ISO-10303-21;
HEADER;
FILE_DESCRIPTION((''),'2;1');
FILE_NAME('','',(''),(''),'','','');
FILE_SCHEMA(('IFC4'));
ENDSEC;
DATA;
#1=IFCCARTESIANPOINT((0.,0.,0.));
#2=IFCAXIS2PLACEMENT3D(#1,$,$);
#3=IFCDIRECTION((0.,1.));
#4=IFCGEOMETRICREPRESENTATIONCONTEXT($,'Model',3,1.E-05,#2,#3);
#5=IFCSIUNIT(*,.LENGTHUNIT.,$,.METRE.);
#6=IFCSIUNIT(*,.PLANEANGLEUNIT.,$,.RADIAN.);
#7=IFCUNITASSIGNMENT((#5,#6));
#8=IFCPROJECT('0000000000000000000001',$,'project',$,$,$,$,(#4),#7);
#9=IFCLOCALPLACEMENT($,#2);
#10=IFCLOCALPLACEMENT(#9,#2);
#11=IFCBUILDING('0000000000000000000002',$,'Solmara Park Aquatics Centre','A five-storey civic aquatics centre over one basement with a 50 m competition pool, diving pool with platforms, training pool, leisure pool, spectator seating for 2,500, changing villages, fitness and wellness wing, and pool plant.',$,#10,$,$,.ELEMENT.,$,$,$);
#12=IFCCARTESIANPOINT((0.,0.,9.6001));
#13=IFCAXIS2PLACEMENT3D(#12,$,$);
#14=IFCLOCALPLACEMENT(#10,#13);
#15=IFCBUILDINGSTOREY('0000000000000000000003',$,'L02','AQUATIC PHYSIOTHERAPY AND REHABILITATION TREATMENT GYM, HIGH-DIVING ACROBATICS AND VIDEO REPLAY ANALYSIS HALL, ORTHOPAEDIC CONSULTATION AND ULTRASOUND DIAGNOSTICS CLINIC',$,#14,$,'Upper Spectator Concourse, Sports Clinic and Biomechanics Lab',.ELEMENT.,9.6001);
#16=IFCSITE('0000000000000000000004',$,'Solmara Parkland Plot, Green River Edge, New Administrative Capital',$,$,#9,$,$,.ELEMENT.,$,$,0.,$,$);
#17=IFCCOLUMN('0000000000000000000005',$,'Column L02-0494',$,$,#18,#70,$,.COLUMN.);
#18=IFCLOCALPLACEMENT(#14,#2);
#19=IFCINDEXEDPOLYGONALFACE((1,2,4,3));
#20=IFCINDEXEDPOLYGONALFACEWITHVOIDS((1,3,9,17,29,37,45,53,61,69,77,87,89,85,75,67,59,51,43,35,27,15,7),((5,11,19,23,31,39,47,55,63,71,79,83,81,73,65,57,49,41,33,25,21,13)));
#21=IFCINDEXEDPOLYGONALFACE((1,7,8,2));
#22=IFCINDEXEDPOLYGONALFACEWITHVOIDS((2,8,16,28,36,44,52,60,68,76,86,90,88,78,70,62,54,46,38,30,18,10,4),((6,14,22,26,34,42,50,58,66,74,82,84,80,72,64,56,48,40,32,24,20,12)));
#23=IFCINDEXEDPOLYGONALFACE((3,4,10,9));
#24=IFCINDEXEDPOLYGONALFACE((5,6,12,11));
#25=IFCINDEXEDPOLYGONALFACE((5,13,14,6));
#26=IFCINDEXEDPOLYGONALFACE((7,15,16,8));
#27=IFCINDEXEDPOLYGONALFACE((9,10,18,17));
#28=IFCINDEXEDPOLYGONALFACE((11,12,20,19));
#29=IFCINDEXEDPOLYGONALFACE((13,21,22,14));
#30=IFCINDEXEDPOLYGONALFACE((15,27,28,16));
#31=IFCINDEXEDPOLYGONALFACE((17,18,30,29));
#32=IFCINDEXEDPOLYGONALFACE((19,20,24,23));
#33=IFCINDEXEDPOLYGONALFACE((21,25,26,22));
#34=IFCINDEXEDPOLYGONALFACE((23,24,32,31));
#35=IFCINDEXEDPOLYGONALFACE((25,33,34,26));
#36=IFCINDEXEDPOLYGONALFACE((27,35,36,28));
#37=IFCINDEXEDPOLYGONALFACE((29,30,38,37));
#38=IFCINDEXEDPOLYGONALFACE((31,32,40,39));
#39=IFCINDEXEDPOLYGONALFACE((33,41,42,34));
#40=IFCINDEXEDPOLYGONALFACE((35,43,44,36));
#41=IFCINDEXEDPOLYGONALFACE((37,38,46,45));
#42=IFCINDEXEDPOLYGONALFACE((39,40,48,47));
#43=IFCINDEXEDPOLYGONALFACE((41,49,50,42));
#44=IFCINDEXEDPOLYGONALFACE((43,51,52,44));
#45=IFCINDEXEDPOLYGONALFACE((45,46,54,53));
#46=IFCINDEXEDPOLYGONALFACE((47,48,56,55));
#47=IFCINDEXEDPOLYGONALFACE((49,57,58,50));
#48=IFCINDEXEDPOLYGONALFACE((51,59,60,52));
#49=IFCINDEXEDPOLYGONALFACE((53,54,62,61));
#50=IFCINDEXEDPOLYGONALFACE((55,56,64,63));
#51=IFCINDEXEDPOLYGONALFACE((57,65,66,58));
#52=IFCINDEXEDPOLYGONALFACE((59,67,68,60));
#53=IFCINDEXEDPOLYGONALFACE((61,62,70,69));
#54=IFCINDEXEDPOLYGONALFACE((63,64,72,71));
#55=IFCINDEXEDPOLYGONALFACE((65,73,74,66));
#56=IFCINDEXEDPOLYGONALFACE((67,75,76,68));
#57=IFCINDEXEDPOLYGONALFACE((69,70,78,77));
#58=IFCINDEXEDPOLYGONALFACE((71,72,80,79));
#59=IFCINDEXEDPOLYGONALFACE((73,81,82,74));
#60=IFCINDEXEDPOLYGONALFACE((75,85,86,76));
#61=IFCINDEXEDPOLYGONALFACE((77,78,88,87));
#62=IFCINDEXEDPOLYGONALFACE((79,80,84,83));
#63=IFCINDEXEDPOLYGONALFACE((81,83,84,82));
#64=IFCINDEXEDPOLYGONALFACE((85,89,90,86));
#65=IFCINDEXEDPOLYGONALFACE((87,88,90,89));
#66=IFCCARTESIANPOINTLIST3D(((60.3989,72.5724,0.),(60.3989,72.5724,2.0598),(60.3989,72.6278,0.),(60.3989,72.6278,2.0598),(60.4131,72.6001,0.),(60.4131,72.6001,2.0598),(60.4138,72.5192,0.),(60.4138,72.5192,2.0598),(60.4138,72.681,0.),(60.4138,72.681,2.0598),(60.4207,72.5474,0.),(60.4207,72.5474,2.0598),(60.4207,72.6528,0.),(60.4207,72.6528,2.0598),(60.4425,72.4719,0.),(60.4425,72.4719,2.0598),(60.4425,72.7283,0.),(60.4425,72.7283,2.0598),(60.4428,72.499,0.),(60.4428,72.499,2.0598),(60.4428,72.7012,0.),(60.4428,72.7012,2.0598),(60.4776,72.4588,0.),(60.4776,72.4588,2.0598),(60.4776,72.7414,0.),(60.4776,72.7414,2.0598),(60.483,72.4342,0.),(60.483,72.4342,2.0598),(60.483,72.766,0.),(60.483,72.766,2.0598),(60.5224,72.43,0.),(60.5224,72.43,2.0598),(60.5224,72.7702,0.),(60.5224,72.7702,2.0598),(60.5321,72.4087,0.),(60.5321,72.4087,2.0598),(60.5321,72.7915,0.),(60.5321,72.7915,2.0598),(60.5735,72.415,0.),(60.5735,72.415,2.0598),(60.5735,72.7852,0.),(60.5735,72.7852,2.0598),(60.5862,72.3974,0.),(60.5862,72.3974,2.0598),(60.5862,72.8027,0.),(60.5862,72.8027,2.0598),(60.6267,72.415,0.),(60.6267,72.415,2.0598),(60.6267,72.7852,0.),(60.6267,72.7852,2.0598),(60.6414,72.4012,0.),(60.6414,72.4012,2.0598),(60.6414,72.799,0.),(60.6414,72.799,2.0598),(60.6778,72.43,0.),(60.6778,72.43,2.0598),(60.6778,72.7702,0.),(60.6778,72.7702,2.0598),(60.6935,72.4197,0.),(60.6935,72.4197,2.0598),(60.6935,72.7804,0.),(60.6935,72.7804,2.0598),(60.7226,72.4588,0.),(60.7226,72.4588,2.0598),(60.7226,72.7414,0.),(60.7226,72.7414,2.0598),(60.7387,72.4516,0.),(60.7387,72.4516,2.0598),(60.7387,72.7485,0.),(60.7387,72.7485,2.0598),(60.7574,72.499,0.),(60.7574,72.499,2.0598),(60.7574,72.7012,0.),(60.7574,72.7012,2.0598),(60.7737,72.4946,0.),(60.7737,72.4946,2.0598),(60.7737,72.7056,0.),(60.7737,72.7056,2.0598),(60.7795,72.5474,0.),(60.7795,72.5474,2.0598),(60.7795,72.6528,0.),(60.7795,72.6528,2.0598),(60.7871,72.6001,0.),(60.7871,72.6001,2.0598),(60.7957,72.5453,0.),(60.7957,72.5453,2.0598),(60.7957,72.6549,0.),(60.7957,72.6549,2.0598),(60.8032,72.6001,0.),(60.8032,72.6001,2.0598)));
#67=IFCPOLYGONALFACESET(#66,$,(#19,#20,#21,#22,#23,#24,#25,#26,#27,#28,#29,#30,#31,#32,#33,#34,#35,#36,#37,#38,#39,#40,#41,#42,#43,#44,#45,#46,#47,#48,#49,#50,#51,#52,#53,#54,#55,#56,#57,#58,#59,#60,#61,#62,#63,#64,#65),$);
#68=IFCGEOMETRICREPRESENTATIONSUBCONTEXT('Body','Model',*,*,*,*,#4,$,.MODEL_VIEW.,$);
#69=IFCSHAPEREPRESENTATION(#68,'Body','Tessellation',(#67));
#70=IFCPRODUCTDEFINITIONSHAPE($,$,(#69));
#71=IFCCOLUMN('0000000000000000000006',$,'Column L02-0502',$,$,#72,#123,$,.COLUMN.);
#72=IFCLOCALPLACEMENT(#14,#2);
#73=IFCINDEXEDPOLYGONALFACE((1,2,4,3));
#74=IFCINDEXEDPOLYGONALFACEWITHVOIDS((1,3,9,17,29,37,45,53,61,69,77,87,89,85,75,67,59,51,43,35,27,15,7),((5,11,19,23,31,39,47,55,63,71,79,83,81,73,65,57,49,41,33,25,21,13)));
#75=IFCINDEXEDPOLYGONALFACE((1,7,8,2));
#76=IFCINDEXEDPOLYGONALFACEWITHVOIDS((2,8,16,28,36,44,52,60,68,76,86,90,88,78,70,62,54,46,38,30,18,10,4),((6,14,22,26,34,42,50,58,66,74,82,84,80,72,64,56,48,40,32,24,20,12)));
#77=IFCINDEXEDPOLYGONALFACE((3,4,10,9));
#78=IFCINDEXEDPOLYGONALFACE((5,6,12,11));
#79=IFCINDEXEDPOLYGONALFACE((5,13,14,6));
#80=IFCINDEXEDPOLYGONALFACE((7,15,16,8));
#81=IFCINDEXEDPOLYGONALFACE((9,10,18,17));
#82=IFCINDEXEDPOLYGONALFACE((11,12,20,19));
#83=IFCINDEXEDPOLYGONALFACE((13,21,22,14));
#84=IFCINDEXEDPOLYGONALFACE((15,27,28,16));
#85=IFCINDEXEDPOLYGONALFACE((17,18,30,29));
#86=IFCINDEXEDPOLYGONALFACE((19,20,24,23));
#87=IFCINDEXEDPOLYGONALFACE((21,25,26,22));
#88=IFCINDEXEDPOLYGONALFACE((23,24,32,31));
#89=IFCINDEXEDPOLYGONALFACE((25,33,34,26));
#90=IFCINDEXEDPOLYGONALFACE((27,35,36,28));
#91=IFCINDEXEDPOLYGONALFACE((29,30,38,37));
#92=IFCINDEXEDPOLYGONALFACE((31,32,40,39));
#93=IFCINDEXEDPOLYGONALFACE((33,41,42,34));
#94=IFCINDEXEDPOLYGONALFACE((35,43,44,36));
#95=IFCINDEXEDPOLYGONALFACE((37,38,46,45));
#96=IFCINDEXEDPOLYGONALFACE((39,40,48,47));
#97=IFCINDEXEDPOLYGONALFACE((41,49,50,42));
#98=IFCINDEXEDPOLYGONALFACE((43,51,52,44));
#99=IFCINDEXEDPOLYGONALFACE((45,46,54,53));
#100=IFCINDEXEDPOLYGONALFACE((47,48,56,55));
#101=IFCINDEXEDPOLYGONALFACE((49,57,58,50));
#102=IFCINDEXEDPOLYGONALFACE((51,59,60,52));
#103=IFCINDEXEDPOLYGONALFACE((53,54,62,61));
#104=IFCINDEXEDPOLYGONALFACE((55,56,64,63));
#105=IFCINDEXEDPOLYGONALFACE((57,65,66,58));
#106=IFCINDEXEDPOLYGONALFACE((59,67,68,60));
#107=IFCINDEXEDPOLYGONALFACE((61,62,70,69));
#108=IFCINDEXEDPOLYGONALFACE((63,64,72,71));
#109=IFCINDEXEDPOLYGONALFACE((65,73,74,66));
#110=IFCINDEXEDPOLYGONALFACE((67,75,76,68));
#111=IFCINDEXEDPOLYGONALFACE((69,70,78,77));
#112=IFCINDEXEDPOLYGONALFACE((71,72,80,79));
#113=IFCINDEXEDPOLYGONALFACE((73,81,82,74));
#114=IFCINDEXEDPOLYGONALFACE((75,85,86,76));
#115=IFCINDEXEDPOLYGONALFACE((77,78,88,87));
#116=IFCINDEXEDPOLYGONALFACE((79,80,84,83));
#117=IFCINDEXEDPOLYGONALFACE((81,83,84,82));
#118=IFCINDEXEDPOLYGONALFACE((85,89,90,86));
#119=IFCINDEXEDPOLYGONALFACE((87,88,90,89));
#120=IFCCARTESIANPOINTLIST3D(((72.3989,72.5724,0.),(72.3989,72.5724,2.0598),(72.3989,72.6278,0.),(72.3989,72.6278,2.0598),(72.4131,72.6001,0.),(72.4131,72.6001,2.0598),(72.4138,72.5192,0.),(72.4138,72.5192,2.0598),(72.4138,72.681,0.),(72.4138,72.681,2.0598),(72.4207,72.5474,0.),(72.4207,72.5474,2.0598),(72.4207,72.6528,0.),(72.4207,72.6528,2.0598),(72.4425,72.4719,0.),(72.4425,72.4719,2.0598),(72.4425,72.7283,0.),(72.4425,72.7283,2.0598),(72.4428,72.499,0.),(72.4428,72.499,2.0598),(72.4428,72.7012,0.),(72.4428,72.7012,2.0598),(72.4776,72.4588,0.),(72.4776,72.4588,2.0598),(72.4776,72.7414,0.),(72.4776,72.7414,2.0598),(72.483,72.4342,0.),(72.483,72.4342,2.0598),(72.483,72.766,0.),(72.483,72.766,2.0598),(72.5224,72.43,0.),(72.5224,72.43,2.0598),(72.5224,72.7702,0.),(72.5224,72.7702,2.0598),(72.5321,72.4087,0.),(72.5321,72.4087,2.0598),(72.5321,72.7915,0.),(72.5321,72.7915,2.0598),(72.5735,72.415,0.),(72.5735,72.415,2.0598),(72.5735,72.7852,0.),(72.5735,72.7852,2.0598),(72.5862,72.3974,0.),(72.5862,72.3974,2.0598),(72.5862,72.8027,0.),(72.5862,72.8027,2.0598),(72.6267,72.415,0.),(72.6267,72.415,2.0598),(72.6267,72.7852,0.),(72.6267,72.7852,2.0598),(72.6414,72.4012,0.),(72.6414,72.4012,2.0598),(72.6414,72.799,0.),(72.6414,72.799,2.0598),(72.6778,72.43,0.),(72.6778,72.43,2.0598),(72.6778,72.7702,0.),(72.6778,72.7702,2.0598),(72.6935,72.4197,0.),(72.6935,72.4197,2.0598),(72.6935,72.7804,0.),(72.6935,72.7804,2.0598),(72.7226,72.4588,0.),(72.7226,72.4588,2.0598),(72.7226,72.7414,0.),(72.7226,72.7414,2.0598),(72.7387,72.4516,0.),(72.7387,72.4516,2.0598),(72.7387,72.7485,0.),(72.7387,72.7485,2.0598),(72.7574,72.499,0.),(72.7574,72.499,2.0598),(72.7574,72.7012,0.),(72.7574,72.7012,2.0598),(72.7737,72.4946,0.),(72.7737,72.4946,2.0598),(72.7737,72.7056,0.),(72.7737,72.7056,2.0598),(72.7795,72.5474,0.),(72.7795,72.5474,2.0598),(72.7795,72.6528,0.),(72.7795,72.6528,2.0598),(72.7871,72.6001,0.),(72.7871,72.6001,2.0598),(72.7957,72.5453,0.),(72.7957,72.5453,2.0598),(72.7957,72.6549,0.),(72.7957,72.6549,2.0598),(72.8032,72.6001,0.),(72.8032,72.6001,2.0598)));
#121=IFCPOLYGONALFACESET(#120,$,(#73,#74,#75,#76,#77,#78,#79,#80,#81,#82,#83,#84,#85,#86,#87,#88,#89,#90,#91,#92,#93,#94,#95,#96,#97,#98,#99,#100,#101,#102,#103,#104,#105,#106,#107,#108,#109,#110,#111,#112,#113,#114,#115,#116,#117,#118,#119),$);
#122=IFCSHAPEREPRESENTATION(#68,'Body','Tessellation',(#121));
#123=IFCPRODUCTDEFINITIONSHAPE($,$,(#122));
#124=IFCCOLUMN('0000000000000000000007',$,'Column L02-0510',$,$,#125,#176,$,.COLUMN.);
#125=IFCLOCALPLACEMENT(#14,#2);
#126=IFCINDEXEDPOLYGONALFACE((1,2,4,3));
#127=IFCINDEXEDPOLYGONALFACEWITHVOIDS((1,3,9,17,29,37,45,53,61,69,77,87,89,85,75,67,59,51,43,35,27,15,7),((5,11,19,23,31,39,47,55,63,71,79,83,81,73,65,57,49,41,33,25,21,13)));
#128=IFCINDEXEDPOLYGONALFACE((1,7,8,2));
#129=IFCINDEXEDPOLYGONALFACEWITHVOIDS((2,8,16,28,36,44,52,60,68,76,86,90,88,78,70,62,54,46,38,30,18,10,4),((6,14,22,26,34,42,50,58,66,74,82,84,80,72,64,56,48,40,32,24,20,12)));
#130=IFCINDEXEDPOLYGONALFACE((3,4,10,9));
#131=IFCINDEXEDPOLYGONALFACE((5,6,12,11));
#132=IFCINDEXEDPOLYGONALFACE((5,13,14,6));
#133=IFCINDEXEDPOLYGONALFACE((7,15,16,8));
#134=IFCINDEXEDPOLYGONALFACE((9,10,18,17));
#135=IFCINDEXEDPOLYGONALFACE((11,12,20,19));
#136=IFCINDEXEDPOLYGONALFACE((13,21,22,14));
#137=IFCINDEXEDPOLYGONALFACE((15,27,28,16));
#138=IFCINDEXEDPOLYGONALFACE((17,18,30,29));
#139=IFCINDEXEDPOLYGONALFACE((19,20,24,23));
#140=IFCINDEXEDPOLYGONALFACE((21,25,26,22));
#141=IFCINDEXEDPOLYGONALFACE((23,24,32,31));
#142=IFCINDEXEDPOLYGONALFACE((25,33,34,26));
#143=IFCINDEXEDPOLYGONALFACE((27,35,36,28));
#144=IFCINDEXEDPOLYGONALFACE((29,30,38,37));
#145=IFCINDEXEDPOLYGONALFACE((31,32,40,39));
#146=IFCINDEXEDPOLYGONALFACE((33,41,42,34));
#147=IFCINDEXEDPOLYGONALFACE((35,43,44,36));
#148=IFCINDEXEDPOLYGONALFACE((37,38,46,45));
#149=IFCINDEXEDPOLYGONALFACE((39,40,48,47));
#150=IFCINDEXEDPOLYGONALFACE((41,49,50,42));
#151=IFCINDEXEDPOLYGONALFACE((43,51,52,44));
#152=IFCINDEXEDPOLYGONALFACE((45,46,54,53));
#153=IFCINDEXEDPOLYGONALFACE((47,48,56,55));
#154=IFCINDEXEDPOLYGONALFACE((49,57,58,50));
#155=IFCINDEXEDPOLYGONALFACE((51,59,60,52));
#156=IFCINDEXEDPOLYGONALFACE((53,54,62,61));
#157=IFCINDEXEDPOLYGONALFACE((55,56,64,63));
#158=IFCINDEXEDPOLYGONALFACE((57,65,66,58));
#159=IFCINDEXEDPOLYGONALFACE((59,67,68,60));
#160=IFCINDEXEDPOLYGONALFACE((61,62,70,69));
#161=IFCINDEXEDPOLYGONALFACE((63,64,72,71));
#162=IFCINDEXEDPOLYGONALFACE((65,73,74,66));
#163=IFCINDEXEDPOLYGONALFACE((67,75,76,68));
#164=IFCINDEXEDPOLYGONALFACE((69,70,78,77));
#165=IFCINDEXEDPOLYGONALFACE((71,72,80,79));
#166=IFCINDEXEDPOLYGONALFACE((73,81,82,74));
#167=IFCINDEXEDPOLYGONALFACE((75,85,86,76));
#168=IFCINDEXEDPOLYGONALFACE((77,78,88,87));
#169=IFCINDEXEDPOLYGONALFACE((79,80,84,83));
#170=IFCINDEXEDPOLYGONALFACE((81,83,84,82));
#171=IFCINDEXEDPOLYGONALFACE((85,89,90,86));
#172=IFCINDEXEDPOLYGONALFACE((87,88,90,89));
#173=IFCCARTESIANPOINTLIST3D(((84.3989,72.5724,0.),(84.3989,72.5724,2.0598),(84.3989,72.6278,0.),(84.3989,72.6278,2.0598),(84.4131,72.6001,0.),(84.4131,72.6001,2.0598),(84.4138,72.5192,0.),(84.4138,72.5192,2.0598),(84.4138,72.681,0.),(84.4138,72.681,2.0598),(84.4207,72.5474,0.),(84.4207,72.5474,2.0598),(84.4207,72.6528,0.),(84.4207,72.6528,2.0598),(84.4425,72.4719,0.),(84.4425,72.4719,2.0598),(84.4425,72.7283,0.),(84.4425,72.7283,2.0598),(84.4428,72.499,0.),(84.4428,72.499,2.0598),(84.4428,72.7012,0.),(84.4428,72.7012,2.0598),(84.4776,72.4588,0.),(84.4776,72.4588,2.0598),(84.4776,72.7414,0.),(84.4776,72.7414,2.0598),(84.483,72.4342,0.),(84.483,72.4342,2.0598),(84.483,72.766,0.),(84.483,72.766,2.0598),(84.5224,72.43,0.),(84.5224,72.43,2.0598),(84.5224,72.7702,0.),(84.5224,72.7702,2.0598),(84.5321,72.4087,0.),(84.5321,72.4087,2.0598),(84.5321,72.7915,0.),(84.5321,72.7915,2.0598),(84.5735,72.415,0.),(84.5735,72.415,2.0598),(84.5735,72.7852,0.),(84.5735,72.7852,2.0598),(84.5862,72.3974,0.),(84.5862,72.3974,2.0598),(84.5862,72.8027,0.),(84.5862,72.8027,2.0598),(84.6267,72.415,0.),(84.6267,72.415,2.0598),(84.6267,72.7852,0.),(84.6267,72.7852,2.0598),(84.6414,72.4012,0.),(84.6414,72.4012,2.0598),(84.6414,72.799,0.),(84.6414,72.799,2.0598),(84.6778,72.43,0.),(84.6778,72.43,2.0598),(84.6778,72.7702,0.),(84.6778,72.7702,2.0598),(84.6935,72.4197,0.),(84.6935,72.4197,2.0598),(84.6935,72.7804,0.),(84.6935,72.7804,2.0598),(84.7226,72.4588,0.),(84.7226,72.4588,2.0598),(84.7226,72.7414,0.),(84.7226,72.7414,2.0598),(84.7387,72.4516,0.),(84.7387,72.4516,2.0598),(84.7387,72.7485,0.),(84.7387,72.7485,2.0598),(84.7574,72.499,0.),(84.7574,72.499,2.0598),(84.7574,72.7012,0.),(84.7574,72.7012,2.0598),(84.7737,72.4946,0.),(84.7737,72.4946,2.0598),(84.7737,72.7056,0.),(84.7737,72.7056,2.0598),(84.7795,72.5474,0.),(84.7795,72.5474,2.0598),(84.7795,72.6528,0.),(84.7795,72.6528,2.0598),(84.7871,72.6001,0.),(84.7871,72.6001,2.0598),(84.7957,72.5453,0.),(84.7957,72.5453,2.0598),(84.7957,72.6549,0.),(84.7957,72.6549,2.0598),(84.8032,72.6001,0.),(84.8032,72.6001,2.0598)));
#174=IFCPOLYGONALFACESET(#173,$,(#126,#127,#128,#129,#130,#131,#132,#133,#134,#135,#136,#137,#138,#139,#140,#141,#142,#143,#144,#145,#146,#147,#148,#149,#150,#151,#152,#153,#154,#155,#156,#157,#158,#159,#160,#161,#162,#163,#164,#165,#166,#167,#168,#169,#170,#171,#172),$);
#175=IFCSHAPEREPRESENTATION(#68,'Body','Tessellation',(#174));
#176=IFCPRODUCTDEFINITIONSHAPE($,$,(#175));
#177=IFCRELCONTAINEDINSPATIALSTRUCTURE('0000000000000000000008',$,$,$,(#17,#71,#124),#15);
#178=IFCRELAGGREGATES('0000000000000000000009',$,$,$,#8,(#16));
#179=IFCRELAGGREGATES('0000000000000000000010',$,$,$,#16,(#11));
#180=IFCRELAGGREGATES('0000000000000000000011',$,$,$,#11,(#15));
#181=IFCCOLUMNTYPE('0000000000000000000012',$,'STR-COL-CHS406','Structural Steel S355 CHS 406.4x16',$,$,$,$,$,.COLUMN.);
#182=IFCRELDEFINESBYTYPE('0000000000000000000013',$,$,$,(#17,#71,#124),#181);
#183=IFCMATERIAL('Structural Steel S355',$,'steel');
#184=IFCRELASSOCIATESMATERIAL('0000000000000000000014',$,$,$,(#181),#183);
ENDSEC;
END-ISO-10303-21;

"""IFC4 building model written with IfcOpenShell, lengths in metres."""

from ifc_helpers import new_model, si_unit, direction, frame, origin, origin_2d, place, context, subcontext, project, spatial, hollow_circle, extrude, material, material_profile, profile_set, type_object, element, save


model = new_model("IFC4")

# Units and contexts
model_context = context("Model", 3, precision=1e-05, world=origin(), true_north=direction((0.0, 1.0)))
body_context = subcontext(model_context, "Body", "Model", "MODEL_VIEW")
ifc_project = project(units=[si_unit("LENGTHUNIT", "METRE"), si_unit("PLANEANGLEUNIT", "RADIAN")], contexts=[model_context])

# Site, building, storey
site_placement = place(None, origin())
site = spatial("IfcSite", under=ifc_project, at=site_placement, Name="Solmara Parkland Plot, Green River Edge, New Administrative Capital", CompositionType="ELEMENT", RefElevation=0.0)
building_placement = place(site_placement, origin())
building = spatial("IfcBuilding", under=site, at=building_placement, Name="Solmara Park Aquatics Centre", Description="A five-storey civic aquatics centre over one basement with a 50 m competition pool, diving pool with platforms, training pool, leisure pool, spectator seating for 2,500, changing villages, fitness and wellness wing, and pool plant.", CompositionType="ELEMENT")
storey_placement = place(building_placement, frame((0.0, 0.0, 9.6001)))
storey = spatial("IfcBuildingStorey", under=building, at=storey_placement, Name="L02", Description="AQUATIC PHYSIOTHERAPY AND REHABILITATION TREATMENT GYM, HIGH-DIVING ACROBATICS AND VIDEO REPLAY ANALYSIS HALL, ORTHOPAEDIC CONSULTATION AND ULTRASOUND DIAGNOSTICS CLINIC", LongName="Upper Spectator Concourse, Sports Clinic and Biomechanics Lab", CompositionType="ELEMENT", Elevation=9.6001)

# Columns
ifc_material_1 = material(Name="Structural Steel S355", Category="steel")
ifc_material_profile_1 = material_profile(ifc_material_1, hollow_circle(Radius=0.2031, WallThickness=0.0161, at=origin_2d()), Name="CHS 406.4x16")
ifc_profile_set_1 = profile_set([ifc_material_profile_1], Name="Structural Steel S355")
column_type_1 = type_object("IfcColumnType", Name="STR-COL-CHS406", Description="Structural Steel S355 CHS 406.4x16", PredefinedType="COLUMN", material=ifc_profile_set_1)
for number, where, z_axis, x_axis, name in (
    (1, (60.6001, 72.6001, 0.0), (0.0, 0.0, 1.0), (1.0, 0.0, 0.0), "Column L02-0494"),
    (2, (72.6001, 72.6001, 0.0), (0.0, 0.0, 1.0), (1.0, 0.0, 0.0), "Column L02-0502"),
    (3, (84.6001, 72.6001, 0.0), (0.0, 0.0, 1.0), (1.0, 0.0, 0.0), "Column L02-0510"),
):
    element("IfcColumn", number, at=place(storey_placement, frame(where, z_axis=z_axis, x_axis=x_axis)), inside=storey, type_object=column_type_1, Name=name, PredefinedType="COLUMN", context=body_context, shape_type="SweptSolid", body=[
        extrude(hollow_circle(Radius=0.2031, WallThickness=0.0161, at=origin_2d()), origin(), (0.0, 0.0, 1.0), 2.0598),
    ])

save(model, "model.ifc")
